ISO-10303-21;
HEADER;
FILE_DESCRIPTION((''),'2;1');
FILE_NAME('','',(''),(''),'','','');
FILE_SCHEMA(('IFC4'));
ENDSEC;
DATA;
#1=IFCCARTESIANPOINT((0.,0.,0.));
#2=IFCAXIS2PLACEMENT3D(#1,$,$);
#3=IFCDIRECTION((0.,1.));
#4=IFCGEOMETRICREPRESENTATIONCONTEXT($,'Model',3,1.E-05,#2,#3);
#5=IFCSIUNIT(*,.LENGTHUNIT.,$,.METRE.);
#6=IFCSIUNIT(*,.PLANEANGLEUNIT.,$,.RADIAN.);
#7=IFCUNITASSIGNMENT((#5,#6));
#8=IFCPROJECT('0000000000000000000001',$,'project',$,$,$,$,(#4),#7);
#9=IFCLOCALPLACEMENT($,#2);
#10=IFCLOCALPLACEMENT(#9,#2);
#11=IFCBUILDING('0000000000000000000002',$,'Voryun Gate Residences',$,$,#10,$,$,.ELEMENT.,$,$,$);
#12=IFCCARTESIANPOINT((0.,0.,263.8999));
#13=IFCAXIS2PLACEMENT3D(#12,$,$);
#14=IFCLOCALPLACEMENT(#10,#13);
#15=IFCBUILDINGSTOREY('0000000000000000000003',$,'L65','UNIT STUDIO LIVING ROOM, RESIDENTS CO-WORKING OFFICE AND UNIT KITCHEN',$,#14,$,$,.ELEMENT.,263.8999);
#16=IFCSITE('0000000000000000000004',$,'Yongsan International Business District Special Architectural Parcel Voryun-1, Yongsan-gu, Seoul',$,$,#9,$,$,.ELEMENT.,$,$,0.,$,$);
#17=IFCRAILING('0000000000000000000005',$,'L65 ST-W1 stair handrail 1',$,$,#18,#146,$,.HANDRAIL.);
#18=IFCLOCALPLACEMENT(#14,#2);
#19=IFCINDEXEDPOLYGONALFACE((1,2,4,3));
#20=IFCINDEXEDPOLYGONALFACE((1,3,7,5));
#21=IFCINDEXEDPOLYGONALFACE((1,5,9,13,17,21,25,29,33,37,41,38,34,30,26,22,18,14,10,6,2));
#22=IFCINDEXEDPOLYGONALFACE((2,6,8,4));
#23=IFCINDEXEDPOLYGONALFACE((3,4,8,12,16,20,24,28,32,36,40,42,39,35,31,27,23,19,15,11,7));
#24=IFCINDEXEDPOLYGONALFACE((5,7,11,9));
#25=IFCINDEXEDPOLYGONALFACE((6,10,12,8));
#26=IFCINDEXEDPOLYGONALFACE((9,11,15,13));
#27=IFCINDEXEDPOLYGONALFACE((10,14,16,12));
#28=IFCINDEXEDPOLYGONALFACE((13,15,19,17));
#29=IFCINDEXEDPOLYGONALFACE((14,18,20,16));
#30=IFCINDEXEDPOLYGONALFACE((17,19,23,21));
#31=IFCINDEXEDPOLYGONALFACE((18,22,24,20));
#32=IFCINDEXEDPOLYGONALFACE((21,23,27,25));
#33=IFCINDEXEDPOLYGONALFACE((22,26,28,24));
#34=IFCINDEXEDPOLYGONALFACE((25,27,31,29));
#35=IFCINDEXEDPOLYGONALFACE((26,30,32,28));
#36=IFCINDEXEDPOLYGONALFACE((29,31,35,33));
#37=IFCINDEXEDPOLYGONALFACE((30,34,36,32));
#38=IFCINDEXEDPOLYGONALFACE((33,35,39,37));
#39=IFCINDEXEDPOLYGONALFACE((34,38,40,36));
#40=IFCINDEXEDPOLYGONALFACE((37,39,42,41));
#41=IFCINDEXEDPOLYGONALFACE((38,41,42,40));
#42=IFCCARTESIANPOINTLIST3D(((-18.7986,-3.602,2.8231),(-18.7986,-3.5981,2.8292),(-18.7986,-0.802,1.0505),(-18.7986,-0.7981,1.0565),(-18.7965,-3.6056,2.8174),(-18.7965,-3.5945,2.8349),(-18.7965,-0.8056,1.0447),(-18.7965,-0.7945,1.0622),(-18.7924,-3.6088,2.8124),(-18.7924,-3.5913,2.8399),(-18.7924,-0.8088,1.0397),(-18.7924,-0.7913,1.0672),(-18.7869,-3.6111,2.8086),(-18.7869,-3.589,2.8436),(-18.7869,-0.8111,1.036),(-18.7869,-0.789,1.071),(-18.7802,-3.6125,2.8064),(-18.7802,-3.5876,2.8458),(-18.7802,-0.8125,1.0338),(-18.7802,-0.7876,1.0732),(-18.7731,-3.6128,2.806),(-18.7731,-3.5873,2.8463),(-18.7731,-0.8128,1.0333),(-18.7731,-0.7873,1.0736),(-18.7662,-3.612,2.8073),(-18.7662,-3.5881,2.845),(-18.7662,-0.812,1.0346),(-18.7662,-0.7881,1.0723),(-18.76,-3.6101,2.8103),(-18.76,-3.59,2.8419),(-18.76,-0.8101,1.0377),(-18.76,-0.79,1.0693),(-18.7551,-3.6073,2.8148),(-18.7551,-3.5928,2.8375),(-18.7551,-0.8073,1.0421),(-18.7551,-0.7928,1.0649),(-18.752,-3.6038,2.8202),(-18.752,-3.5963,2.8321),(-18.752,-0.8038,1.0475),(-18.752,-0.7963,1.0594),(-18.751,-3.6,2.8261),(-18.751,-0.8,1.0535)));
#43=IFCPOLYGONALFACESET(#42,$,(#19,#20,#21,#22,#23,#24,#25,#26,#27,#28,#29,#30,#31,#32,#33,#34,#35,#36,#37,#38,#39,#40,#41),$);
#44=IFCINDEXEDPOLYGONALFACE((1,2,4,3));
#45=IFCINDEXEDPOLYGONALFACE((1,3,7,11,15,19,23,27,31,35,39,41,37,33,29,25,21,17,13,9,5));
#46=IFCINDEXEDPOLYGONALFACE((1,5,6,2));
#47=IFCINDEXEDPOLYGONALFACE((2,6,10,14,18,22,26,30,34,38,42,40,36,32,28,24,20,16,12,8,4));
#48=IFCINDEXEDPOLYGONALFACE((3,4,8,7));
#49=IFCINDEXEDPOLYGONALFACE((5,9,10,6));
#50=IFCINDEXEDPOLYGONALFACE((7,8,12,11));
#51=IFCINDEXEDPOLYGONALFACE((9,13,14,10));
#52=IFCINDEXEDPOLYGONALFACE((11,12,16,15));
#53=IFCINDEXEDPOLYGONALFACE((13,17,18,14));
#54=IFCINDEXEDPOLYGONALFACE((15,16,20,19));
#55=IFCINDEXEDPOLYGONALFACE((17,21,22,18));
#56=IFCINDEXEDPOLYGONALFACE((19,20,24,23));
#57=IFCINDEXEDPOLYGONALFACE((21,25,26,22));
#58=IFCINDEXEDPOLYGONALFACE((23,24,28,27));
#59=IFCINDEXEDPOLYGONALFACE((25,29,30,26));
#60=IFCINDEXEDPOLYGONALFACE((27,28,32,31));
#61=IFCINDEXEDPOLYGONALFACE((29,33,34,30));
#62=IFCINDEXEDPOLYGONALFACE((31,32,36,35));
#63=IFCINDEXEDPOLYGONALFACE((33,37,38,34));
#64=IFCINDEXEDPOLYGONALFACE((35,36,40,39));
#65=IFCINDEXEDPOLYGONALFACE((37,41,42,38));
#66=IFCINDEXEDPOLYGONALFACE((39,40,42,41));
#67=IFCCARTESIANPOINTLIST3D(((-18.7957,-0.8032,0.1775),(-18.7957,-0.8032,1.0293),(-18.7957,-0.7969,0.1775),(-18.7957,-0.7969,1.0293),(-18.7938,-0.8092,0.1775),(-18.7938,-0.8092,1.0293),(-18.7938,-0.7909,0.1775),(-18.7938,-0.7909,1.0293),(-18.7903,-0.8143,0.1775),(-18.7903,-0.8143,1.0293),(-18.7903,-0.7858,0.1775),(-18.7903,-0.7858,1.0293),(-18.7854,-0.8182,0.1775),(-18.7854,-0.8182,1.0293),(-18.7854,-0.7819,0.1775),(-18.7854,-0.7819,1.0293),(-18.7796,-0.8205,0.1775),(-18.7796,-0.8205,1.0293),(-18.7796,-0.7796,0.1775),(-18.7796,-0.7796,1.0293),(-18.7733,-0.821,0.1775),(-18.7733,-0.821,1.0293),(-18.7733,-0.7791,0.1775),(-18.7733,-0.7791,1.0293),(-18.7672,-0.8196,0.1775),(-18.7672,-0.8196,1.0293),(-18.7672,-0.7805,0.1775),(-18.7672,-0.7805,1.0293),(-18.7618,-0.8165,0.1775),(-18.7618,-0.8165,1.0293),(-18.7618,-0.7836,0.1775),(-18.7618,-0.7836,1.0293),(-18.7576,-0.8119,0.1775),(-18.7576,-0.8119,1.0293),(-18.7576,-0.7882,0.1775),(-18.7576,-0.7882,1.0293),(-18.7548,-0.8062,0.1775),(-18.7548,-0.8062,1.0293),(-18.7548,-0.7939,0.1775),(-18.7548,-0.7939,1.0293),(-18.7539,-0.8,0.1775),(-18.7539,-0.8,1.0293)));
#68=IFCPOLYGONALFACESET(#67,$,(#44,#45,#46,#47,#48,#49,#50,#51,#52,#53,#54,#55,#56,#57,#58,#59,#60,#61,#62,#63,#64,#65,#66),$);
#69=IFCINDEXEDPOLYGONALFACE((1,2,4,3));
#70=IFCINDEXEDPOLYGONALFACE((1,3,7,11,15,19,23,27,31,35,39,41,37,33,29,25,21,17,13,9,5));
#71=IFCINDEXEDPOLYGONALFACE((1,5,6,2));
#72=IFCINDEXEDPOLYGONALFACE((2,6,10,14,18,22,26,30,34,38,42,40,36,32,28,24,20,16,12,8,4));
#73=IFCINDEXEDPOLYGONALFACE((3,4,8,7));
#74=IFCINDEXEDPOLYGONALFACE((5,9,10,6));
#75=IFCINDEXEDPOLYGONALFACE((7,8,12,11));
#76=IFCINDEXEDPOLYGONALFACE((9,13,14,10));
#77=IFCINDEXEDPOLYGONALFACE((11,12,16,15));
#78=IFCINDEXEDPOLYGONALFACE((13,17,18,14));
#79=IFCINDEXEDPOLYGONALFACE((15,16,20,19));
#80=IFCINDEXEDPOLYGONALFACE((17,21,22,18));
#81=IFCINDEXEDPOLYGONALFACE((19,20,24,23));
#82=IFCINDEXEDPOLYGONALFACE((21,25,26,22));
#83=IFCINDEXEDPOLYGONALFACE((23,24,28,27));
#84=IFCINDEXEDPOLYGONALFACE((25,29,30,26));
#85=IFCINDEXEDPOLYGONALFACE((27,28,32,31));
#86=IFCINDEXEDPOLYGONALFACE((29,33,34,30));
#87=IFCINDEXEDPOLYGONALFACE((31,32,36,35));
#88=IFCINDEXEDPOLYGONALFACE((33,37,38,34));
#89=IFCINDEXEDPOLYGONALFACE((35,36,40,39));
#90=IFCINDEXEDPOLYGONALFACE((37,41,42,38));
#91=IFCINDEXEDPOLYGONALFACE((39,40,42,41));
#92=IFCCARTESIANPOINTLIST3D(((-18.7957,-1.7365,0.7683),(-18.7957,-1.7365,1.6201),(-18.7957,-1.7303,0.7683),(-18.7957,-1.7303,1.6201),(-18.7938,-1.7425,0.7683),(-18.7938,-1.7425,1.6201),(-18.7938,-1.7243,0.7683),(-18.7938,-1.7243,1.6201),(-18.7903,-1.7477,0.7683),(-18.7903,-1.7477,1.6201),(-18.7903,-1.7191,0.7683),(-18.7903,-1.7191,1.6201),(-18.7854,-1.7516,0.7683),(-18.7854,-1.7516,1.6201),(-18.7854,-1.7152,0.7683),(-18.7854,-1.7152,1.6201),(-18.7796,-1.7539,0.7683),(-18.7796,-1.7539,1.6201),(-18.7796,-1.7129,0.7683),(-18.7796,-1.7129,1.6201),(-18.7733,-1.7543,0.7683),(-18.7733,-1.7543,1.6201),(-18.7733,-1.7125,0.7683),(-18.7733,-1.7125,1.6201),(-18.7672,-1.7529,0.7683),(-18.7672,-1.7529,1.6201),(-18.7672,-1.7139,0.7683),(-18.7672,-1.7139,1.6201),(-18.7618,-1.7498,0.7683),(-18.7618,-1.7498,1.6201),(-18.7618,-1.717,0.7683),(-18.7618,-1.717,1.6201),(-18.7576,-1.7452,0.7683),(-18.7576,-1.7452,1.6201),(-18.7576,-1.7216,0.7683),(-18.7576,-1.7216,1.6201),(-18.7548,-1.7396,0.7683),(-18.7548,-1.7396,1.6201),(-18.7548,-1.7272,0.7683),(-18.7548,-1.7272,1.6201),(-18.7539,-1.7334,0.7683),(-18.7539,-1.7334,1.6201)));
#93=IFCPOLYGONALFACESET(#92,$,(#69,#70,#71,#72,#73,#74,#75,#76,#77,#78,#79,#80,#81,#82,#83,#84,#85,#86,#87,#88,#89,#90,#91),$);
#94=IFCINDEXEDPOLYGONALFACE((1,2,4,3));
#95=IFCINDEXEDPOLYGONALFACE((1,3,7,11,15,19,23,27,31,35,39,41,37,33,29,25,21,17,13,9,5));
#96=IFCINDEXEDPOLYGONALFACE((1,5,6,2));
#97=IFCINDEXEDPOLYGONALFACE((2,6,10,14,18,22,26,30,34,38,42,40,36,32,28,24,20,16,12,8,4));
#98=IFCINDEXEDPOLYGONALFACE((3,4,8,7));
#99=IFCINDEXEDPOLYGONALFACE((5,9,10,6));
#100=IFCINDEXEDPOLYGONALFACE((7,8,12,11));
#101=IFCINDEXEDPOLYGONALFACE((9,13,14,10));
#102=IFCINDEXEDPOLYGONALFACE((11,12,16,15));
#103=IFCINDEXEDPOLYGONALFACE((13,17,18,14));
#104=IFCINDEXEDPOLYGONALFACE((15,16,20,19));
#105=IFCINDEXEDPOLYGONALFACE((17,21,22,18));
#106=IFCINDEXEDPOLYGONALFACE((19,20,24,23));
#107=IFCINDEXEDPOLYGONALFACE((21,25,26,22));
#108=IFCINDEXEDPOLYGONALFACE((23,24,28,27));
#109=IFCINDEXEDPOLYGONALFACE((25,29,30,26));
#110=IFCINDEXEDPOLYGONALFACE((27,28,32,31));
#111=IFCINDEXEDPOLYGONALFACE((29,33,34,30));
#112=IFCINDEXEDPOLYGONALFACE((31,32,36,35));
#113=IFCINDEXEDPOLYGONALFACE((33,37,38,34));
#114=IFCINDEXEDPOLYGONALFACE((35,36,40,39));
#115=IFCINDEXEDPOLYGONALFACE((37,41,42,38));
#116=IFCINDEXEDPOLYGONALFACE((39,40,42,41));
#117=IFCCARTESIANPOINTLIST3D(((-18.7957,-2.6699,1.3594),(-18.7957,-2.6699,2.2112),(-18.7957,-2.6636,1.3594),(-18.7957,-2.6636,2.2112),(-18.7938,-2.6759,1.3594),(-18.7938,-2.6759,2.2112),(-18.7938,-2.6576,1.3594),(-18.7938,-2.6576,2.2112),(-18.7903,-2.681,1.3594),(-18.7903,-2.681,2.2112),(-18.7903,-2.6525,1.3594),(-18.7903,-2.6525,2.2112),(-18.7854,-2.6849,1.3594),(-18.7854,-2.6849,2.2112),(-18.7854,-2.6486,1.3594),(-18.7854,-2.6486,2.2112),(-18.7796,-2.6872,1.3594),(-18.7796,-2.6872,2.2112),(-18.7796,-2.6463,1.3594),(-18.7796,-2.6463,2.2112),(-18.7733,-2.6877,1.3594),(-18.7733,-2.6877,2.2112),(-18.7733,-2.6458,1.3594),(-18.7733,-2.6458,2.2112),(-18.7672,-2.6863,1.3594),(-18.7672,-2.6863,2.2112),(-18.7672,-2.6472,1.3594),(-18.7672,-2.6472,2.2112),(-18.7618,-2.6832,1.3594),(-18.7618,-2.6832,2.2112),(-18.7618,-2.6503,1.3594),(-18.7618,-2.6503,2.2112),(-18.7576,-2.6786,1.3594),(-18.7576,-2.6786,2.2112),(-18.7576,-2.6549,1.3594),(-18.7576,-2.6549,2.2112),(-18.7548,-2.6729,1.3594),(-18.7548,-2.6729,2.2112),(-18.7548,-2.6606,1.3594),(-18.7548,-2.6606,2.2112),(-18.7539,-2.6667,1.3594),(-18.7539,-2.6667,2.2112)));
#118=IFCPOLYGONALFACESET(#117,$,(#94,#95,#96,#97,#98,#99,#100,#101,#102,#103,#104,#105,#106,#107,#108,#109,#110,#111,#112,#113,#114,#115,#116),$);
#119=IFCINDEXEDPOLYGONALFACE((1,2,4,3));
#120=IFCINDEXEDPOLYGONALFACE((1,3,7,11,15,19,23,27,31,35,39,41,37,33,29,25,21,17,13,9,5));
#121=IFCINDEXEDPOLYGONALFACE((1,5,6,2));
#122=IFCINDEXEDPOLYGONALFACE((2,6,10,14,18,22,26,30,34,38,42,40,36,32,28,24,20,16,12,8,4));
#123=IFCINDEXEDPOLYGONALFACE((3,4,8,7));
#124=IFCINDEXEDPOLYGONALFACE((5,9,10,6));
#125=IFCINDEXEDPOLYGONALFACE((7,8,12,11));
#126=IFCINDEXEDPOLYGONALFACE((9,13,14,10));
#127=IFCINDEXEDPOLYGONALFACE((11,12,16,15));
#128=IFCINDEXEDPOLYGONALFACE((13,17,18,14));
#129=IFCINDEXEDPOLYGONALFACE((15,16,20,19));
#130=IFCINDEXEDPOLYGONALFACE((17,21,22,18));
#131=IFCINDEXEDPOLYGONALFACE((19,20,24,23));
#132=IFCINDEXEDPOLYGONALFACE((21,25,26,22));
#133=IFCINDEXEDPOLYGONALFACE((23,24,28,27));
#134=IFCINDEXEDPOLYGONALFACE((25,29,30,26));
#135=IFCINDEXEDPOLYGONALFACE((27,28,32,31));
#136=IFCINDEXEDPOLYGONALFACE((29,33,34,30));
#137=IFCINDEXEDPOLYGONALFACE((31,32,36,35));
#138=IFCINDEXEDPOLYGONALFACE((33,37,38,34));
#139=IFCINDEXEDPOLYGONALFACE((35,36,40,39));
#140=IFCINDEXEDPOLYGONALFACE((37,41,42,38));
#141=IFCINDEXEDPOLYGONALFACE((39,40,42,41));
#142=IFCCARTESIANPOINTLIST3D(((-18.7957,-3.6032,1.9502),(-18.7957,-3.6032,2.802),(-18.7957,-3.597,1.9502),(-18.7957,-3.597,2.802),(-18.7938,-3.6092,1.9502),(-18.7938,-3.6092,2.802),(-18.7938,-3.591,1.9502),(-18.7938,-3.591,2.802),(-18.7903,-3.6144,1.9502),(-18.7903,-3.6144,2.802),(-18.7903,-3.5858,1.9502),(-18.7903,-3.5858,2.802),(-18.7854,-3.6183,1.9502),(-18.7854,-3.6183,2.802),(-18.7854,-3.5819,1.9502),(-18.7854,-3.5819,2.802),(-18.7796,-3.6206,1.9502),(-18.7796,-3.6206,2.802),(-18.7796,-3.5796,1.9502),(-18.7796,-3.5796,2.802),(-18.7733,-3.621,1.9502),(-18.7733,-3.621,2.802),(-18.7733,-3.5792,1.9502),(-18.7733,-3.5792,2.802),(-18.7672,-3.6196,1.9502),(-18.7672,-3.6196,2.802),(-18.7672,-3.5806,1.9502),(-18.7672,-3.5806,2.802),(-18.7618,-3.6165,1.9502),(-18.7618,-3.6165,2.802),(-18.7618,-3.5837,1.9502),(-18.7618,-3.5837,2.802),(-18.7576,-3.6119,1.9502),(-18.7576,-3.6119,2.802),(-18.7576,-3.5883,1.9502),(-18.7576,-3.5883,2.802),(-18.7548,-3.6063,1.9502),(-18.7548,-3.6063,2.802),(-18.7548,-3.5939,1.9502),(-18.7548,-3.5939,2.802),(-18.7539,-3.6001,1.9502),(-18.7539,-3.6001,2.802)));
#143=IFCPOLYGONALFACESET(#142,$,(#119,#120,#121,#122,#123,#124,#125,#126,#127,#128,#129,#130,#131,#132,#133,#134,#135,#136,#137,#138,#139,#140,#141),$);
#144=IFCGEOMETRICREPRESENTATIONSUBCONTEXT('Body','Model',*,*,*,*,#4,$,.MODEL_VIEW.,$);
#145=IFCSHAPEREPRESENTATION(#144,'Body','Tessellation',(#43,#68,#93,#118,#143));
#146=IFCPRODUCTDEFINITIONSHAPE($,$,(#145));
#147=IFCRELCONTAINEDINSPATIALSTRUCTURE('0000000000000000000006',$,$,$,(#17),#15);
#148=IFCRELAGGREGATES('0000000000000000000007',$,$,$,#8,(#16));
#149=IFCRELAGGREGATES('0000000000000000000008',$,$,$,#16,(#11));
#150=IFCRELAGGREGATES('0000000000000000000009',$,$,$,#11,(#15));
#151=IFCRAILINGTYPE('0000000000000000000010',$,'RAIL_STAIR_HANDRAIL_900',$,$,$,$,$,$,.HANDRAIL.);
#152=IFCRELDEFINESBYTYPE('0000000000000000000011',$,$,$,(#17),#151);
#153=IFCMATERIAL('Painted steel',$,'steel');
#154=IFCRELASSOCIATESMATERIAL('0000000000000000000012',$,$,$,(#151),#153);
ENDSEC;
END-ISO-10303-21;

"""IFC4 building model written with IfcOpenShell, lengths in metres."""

from ifc_helpers import new_model, si_unit, direction, frame, origin, origin_2d, place, context, subcontext, project, spatial, circle, extrude, material, type_object, element, save


model = new_model("IFC4")

# Units and contexts
model_context = context("Model", 3, precision=1e-05, world=origin(), true_north=direction((0.0, 1.0)))
body_context = subcontext(model_context, "Body", "Model", "MODEL_VIEW")
ifc_project = project(units=[si_unit("LENGTHUNIT", "METRE"), si_unit("PLANEANGLEUNIT", "RADIAN")], contexts=[model_context])

# Site, building, storey
site_placement = place(None, origin())
site = spatial("IfcSite", under=ifc_project, at=site_placement, Name="Yongsan International Business District Special Architectural Parcel Voryun-1, Yongsan-gu, Seoul", CompositionType="ELEMENT", RefElevation=0.0)
building_placement = place(site_placement, origin())
building = spatial("IfcBuilding", under=site, at=building_placement, Name="Voryun Gate Residences", CompositionType="ELEMENT")
storey_placement = place(building_placement, frame((0.0, 0.0, 263.8999)))
storey = spatial("IfcBuildingStorey", under=building, at=storey_placement, Name="L65", Description="UNIT STUDIO LIVING ROOM, RESIDENTS CO-WORKING OFFICE AND UNIT KITCHEN", CompositionType="ELEMENT", Elevation=263.8999)

# Railing
ifc_material_1 = material(Name="Painted steel", Category="steel")
railing_type_1 = type_object("IfcRailingType", Name="RAIL_STAIR_HANDRAIL_900", PredefinedType="HANDRAIL", material=ifc_material_1)
railing_1_placement = place(storey_placement, frame((-18.7749, -0.8, 0.1775)))
element("IfcRailing", 1, at=railing_1_placement, inside=storey, type_object=railing_type_1, Name="L65 ST-W1 stair handrail 1", PredefinedType="HANDRAIL", context=body_context, shape_type="SweptSolid", body=[
    extrude(circle(Radius=0.0239, at=origin_2d()), frame((0.0, 0.0, 0.876), z_axis=(0.0, -0.844909, 0.53491), x_axis=(1.0, 0.0, 0.0)), (0.0, 0.0, 1.0), 3.314),
    extrude(circle(Radius=0.021, at=origin_2d()), origin(), (0.0, 0.0, 1.0), 0.8518),
    extrude(circle(Radius=0.021, at=origin_2d()), frame((0.0, -0.9333, 0.5908)), (0.0, 0.0, 1.0), 0.8518),
    extrude(circle(Radius=0.021, at=origin_2d()), frame((0.0, -1.8667, 1.1819)), (0.0, 0.0, 1.0), 0.8518),
    extrude(circle(Radius=0.021, at=origin_2d()), frame((0.0, -2.8, 1.7727)), (0.0, 0.0, 1.0), 0.8518),
])

save(model, "model.ifc")
